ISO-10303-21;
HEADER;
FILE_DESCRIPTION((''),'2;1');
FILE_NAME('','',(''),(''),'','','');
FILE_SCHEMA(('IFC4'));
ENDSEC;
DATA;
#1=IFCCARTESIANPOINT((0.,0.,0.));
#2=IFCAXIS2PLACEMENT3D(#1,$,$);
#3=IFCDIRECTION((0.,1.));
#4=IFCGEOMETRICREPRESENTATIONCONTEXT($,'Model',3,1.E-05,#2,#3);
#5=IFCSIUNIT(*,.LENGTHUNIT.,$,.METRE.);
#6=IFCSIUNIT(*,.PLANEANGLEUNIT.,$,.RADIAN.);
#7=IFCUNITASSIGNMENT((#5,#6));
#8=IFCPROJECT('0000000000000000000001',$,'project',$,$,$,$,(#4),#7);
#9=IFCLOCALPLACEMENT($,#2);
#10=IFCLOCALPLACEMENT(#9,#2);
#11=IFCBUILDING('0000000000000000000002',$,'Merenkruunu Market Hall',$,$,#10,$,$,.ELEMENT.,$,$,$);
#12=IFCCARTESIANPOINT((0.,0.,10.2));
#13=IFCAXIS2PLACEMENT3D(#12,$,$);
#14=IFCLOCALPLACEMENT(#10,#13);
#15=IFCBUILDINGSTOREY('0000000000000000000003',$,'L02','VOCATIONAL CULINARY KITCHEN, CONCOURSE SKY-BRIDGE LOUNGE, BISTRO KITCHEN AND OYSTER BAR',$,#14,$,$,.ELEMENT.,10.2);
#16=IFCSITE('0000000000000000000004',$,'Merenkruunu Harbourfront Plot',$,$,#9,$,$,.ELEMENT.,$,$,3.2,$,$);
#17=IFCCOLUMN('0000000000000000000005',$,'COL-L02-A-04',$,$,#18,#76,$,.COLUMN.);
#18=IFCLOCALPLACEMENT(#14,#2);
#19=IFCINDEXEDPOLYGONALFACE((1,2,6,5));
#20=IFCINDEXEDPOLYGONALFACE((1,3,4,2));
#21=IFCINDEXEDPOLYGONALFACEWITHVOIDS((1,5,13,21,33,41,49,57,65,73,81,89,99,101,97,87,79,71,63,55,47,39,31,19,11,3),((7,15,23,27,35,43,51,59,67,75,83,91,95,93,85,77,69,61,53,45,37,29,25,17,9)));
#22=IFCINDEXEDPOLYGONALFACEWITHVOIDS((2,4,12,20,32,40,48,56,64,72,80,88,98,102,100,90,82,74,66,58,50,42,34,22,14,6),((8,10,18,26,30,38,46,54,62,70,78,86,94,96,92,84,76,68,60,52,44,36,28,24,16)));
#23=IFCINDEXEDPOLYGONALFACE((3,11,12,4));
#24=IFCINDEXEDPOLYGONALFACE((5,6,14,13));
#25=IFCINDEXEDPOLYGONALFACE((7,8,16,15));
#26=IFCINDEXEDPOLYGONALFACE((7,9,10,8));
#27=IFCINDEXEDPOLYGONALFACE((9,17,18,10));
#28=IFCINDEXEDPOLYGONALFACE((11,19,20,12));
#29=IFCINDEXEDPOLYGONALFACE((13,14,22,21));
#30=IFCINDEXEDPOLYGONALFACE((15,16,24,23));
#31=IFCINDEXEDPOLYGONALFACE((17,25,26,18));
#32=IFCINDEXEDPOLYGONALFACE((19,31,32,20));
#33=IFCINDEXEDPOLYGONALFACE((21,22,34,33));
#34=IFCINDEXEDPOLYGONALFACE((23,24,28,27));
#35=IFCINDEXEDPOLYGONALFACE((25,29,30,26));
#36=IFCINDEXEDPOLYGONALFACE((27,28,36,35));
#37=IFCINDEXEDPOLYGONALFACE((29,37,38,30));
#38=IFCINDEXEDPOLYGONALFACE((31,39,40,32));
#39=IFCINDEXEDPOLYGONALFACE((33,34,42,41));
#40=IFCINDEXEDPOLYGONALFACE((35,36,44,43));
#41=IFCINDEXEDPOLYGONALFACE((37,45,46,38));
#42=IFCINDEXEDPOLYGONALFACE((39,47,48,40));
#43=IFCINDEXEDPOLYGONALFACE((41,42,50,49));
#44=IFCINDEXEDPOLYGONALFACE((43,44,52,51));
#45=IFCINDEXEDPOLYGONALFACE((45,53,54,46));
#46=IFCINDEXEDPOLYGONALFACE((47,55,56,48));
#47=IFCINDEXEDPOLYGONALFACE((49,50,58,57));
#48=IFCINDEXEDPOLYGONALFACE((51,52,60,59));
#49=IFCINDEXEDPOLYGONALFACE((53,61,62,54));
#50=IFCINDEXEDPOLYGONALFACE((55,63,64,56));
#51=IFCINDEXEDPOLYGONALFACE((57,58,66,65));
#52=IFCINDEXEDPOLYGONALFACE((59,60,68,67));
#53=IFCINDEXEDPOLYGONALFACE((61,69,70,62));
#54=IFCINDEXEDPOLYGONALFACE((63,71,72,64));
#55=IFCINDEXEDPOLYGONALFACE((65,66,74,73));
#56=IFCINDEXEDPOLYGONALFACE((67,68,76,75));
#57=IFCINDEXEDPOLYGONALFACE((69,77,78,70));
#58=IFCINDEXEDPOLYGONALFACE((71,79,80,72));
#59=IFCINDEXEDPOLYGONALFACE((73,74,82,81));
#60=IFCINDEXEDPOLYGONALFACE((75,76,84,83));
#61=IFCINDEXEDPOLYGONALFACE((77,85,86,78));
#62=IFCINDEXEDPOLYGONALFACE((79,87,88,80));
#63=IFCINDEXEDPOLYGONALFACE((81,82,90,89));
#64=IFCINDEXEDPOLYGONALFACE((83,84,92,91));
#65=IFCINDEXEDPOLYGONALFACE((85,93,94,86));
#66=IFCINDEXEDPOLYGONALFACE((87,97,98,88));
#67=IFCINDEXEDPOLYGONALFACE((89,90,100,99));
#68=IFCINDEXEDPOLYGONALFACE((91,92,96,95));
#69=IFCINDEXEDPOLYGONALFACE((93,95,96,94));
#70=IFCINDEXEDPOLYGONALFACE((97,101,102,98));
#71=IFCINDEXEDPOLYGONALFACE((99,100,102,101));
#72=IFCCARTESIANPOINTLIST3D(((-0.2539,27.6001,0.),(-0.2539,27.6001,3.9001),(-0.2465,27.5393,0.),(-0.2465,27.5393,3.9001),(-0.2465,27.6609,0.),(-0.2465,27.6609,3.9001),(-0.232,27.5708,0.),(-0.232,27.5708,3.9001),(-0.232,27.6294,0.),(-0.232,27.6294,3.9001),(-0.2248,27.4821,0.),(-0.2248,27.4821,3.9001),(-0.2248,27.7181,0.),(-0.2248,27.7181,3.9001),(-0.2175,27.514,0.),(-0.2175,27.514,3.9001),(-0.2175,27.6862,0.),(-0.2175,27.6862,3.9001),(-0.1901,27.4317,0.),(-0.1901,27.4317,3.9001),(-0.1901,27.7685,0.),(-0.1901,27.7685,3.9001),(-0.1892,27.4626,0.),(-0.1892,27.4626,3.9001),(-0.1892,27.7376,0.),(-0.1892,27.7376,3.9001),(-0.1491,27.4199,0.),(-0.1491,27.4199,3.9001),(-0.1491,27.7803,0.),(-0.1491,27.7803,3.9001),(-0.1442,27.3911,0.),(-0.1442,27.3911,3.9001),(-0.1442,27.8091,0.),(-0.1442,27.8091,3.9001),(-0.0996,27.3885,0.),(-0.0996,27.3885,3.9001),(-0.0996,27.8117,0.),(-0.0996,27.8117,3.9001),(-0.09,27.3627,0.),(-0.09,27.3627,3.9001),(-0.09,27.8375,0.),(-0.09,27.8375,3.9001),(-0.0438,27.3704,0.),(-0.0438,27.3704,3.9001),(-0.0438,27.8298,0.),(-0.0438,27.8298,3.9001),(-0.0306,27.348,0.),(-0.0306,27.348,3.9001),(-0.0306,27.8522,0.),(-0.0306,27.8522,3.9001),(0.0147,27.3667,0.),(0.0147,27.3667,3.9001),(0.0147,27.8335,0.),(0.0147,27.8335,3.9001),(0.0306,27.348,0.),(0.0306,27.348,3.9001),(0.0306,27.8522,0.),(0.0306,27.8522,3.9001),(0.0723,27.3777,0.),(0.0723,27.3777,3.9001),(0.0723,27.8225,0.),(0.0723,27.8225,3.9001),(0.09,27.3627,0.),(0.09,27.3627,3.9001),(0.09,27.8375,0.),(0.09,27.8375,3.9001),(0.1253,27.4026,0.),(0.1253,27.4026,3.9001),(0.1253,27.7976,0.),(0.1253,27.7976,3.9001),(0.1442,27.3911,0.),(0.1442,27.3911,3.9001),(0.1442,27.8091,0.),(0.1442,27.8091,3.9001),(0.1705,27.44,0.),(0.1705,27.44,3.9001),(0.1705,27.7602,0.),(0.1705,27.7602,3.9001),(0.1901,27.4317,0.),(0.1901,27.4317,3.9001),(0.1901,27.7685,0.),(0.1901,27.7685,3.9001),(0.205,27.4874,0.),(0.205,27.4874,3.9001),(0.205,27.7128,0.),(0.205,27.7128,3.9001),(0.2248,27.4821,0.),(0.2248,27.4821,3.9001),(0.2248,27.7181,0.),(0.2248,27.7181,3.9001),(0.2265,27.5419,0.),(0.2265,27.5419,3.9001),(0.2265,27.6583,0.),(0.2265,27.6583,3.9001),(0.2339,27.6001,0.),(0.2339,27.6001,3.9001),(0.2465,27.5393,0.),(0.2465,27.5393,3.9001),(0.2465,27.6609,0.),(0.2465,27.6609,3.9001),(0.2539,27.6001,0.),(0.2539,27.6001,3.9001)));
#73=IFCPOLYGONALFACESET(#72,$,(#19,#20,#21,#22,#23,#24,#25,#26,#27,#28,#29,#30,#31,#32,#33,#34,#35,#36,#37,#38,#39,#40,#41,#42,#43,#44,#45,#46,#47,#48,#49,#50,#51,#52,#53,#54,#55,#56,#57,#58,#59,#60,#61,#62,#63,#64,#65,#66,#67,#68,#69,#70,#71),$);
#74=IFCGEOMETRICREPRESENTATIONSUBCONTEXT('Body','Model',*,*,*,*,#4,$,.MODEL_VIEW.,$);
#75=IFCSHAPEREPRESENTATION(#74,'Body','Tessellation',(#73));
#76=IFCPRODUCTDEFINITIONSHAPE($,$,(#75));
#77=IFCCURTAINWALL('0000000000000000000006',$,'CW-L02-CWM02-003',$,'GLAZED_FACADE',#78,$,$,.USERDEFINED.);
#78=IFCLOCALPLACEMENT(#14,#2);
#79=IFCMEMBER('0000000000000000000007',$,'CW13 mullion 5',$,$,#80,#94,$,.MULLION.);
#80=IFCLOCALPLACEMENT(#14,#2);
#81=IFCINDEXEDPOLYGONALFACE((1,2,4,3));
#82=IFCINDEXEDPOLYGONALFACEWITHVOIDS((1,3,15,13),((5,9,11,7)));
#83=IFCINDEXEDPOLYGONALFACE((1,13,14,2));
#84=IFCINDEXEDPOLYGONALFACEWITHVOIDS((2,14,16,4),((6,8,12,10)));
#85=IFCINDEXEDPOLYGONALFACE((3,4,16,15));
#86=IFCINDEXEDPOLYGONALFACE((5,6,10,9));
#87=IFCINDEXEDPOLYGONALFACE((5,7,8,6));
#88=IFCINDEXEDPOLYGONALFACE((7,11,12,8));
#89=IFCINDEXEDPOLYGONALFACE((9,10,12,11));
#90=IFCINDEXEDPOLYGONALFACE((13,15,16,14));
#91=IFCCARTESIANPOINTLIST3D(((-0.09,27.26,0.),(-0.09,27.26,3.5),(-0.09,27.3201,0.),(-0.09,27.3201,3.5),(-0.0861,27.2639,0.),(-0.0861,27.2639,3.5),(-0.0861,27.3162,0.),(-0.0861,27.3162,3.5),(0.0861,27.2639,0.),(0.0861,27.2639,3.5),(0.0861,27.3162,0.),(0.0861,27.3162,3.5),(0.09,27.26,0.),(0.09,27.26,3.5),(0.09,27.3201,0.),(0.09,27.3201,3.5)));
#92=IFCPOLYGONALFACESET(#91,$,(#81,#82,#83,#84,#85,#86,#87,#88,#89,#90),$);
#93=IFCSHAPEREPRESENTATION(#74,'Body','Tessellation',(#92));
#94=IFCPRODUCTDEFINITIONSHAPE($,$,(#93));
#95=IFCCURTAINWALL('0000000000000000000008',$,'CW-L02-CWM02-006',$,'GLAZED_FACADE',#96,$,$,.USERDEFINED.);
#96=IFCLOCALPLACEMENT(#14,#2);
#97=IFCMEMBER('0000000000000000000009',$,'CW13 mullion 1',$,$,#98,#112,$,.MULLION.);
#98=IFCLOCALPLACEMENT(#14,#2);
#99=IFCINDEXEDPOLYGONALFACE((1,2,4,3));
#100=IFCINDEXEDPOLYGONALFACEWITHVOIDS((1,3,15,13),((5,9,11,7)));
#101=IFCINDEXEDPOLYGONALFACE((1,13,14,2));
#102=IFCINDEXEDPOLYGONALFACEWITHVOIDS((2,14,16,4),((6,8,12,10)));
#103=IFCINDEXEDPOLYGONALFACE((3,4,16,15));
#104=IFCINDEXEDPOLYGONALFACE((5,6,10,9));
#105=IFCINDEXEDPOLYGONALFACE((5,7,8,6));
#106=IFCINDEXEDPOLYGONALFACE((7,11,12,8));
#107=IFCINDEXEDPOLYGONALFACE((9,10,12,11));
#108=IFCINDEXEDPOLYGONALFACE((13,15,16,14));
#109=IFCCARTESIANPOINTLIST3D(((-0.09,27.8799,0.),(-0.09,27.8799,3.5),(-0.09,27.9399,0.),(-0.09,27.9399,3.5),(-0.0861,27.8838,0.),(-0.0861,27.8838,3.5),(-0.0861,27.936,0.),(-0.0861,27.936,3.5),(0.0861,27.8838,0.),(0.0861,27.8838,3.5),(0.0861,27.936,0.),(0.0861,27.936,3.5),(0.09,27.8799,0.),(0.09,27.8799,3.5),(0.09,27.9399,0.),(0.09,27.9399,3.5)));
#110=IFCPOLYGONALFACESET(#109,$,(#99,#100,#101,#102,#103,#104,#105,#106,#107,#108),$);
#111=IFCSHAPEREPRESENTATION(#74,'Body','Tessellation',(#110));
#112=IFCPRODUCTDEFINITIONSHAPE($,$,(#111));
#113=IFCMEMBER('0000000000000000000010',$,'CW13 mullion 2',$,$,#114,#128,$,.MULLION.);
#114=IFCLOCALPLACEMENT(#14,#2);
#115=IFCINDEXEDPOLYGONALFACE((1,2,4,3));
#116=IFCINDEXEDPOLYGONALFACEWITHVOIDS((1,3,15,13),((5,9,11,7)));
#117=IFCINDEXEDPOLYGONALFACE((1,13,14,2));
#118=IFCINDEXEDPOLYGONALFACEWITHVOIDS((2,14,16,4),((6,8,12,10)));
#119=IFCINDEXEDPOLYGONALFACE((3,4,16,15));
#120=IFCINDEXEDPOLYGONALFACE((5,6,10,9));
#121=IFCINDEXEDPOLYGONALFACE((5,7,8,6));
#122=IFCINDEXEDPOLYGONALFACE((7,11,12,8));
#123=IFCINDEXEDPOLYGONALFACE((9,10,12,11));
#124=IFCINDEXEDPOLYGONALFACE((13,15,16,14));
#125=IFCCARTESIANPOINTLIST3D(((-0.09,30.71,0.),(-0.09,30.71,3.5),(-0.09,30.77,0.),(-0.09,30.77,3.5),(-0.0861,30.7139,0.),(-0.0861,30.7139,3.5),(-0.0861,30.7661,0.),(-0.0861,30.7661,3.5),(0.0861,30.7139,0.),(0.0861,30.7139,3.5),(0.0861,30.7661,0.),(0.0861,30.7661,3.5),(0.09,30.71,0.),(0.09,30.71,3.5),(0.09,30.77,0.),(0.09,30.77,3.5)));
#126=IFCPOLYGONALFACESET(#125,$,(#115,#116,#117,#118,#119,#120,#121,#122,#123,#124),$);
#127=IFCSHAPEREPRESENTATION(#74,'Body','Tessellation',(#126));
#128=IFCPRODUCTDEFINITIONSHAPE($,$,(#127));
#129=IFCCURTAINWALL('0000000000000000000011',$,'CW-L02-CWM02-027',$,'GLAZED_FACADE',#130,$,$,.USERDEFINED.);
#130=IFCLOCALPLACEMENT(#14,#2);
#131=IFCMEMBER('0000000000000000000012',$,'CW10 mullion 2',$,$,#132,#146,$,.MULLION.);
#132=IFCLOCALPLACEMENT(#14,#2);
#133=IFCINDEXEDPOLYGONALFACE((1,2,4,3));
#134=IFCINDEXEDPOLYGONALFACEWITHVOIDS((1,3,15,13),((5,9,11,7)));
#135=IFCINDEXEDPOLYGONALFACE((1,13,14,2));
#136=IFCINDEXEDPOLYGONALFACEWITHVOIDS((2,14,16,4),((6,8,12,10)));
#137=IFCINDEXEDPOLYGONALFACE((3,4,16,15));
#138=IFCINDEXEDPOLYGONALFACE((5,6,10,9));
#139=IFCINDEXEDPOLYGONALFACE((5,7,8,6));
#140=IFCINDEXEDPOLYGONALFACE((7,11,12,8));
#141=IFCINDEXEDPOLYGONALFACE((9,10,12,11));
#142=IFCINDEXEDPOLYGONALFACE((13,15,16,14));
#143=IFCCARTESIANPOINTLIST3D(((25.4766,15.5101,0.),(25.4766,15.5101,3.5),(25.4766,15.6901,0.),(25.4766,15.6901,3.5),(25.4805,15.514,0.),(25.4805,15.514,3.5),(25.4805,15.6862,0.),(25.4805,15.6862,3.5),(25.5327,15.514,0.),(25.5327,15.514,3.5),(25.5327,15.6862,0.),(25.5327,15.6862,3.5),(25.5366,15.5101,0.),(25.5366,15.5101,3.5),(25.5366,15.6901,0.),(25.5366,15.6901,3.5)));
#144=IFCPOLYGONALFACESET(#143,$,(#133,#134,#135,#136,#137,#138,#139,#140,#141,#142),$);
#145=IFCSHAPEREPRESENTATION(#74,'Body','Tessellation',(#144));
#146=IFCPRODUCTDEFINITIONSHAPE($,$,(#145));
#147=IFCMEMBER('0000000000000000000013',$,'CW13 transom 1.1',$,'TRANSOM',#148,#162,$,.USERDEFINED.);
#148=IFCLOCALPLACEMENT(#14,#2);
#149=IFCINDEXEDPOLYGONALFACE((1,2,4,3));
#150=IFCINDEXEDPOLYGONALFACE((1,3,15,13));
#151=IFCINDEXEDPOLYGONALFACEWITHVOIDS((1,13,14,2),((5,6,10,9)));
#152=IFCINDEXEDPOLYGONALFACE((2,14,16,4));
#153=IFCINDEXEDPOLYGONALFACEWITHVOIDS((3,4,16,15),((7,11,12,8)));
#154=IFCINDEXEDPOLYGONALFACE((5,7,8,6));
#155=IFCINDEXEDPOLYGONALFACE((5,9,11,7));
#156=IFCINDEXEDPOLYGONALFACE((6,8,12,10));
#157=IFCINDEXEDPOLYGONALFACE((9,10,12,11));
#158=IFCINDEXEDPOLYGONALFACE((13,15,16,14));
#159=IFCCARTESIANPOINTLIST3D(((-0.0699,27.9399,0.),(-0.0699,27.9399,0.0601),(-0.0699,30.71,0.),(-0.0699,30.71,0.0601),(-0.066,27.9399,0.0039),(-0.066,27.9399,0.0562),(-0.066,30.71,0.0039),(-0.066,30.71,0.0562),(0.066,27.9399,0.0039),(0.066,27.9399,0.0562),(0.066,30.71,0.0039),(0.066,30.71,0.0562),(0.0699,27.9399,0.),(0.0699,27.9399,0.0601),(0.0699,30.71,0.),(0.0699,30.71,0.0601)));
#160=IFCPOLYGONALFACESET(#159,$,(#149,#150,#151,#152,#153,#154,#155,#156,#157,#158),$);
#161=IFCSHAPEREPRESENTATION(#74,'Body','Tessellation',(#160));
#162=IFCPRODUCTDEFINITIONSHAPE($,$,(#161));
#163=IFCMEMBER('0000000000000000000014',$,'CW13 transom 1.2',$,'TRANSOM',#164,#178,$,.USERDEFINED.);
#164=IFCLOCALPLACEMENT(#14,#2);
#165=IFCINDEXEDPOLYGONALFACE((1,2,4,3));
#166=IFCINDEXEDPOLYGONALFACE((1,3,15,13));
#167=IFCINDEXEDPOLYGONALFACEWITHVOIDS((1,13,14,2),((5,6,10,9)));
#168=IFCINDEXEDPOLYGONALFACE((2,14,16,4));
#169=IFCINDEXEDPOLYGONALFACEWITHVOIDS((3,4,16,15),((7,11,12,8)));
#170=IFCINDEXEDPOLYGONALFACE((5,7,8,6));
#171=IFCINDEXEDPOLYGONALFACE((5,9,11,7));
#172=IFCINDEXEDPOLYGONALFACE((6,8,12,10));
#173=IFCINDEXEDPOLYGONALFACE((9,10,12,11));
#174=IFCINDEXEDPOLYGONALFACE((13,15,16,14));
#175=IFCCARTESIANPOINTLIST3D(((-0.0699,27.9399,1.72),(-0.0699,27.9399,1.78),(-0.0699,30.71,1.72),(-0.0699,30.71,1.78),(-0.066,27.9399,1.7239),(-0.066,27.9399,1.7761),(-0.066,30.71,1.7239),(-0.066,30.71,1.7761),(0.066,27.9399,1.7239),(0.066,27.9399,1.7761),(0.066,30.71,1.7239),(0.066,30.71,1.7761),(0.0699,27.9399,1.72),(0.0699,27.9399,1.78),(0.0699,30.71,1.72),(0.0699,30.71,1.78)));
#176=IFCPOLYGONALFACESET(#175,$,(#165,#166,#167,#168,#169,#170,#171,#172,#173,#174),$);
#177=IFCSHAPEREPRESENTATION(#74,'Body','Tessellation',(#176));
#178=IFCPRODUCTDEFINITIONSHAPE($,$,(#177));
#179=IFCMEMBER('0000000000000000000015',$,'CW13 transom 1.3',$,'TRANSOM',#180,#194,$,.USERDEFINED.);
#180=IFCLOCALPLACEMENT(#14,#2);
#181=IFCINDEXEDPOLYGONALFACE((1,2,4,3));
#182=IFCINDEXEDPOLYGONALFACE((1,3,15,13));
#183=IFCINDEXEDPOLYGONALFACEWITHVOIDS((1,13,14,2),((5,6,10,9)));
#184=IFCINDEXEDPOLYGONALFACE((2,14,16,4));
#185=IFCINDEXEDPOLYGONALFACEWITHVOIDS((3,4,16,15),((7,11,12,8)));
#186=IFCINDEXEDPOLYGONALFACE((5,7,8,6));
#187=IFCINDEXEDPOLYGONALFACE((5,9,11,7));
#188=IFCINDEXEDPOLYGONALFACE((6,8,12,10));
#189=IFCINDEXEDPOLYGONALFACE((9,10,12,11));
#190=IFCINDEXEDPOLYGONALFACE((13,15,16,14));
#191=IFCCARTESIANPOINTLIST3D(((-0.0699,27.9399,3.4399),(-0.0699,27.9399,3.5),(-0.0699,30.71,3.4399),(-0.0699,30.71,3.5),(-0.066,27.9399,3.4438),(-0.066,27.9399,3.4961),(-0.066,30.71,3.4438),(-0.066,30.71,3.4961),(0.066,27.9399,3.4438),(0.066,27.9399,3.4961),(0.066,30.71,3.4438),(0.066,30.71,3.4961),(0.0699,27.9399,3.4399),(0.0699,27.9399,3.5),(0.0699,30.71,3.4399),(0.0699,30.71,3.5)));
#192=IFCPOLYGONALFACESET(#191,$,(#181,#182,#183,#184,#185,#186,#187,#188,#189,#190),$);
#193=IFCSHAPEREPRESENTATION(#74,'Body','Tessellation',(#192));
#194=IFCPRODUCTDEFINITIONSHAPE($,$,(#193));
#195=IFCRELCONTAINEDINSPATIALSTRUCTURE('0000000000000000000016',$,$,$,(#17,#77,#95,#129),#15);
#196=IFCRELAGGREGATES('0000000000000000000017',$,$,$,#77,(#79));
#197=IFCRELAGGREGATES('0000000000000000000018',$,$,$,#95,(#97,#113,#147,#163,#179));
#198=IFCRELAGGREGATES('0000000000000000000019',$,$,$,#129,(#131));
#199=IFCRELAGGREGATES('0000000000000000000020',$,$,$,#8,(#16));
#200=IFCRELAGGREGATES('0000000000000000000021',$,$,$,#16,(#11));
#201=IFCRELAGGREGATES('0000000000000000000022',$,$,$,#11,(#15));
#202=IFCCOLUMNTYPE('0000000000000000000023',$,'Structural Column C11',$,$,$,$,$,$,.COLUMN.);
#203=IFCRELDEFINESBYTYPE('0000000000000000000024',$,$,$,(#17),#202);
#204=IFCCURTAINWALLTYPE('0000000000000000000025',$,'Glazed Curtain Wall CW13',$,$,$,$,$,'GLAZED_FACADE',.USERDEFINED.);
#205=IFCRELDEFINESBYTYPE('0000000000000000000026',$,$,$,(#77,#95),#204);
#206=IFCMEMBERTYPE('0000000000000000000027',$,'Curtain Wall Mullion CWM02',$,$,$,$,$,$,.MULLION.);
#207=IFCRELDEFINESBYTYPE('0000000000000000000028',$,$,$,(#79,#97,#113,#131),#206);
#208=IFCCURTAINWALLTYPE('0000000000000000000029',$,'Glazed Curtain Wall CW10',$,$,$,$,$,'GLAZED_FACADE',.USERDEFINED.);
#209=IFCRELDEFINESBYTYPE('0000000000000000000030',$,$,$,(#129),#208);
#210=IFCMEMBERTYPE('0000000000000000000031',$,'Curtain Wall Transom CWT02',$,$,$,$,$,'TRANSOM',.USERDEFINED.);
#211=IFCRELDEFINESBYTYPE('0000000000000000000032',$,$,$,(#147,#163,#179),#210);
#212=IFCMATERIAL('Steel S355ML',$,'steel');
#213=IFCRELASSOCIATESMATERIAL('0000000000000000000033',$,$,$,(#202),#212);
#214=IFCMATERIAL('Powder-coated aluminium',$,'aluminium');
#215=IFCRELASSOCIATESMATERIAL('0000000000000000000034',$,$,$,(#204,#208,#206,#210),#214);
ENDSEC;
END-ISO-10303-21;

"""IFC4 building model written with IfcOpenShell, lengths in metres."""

from ifc_helpers import new_model, si_unit, direction, frame, origin, origin_2d, place, context, subcontext, project, spatial, hollow_rectangle, hollow_circle, extrude, material, material_profile, profile_set, type_object, element, aggregate, save


model = new_model("IFC4")

# Units and contexts
model_context = context("Model", 3, precision=1e-05, world=origin(), true_north=direction((0.0, 1.0)))
body_context = subcontext(model_context, "Body", "Model", "MODEL_VIEW")
ifc_project = project(units=[si_unit("LENGTHUNIT", "METRE"), si_unit("PLANEANGLEUNIT", "RADIAN")], contexts=[model_context])

# Site, building, storey
site_placement = place(None, origin())
site = spatial("IfcSite", under=ifc_project, at=site_placement, Name="Merenkruunu Harbourfront Plot", CompositionType="ELEMENT", RefElevation=3.2)
building_placement = place(site_placement, origin())
building = spatial("IfcBuilding", under=site, at=building_placement, Name="Merenkruunu Market Hall", CompositionType="ELEMENT")
storey_placement = place(building_placement, frame((0.0, 0.0, 10.2)))
storey = spatial("IfcBuildingStorey", under=building, at=storey_placement, Name="L02", Description="VOCATIONAL CULINARY KITCHEN, CONCOURSE SKY-BRIDGE LOUNGE, BISTRO KITCHEN AND OYSTER BAR", CompositionType="ELEMENT", Elevation=10.2)

# Column
ifc_material_1 = material(Name="Steel S355ML", Category="steel")
ifc_material_profile_1 = material_profile(ifc_material_1, hollow_circle(Radius=0.2539, WallThickness=0.02, at=origin_2d()), Name="CHS 508x20")
ifc_profile_set_1 = profile_set([ifc_material_profile_1], Name="Steel S355ML")
column_type = type_object("IfcColumnType", Name="Structural Column C11", PredefinedType="COLUMN", material=ifc_profile_set_1)
column_placement = place(storey_placement, frame((0.0, 27.6001, 0.0), z_axis=(0.0, 0.0, 1.0), x_axis=(1.0, 0.0, 0.0)))
element("IfcColumn", 1, at=column_placement, inside=storey, type_object=column_type, Name="COL-L02-A-04", PredefinedType="COLUMN", context=body_context, shape_type="SweptSolid", body=[
    extrude(hollow_circle(Radius=0.2539, WallThickness=0.02, at=origin_2d()), origin(), (0.0, 0.0, 1.0), 3.9001),
])

# Curtain wall, member
ifc_material_2 = material(Name="Powder-coated aluminium", Category="aluminium")
curtain_wall_type_1 = type_object("IfcCurtainWallType", Name="Glazed Curtain Wall CW13", ElementType="GLAZED_FACADE", PredefinedType="USERDEFINED", material=ifc_material_2)
curtain_wall_1_placement = place(storey_placement, origin())
curtain_wall_1 = element("IfcCurtainWall", 2, at=curtain_wall_1_placement, inside=storey, type_object=curtain_wall_type_1, Name="CW-L02-CWM02-003", ObjectType="GLAZED_FACADE", PredefinedType="USERDEFINED")
ifc_material_profile_2 = material_profile(ifc_material_2, hollow_rectangle(XDim=0.0601, YDim=0.1799, WallThickness=0.0039, at=origin_2d()), Name="ALU 60x180x4")
ifc_profile_set_2 = profile_set([ifc_material_profile_2], Name="Powder-coated aluminium")
member_type_1 = type_object("IfcMemberType", Name="Curtain Wall Mullion CWM02", PredefinedType="MULLION", material=ifc_profile_set_2)
member_1_placement = place(storey_placement, frame((0.0, 27.29, 0.0), z_axis=(0.0, 0.0, 1.0), x_axis=(0.0, 1.0, 0.0)))
member_1 = element("IfcMember", 3, at=member_1_placement, type_object=member_type_1, Name="CW13 mullion 5", PredefinedType="MULLION", context=body_context, shape_type="SweptSolid", body=[
    extrude(hollow_rectangle(XDim=0.0601, YDim=0.1799, WallThickness=0.0039, at=origin_2d()), origin(), (0.0, 0.0, 1.0), 3.5),
])

# Curtain wall, members
curtain_wall_2_placement = place(storey_placement, origin())
curtain_wall_2 = element("IfcCurtainWall", 4, at=curtain_wall_2_placement, inside=storey, type_object=curtain_wall_type_1, Name="CW-L02-CWM02-006", ObjectType="GLAZED_FACADE", PredefinedType="USERDEFINED")
member_2_placement = place(storey_placement, frame((0.0, 27.9099, 0.0), z_axis=(0.0, 0.0, 1.0), x_axis=(0.0, 1.0, 0.0)))
member_2 = element("IfcMember", 5, at=member_2_placement, type_object=member_type_1, Name="CW13 mullion 1", PredefinedType="MULLION", context=body_context, shape_type="SweptSolid", body=[
    extrude(hollow_rectangle(XDim=0.0601, YDim=0.1799, WallThickness=0.0039, at=origin_2d()), origin(), (0.0, 0.0, 1.0), 3.5),
])
member_3_placement = place(storey_placement, frame((0.0, 30.74, 0.0), z_axis=(0.0, 0.0, 1.0), x_axis=(0.0, 1.0, 0.0)))
member_3 = element("IfcMember", 6, at=member_3_placement, type_object=member_type_1, Name="CW13 mullion 2", PredefinedType="MULLION", context=body_context, shape_type="SweptSolid", body=[
    extrude(hollow_rectangle(XDim=0.0601, YDim=0.1799, WallThickness=0.0039, at=origin_2d()), origin(), (0.0, 0.0, 1.0), 3.5),
])

# Curtain wall, member
curtain_wall_type_2 = type_object("IfcCurtainWallType", Name="Glazed Curtain Wall CW10", ElementType="GLAZED_FACADE", PredefinedType="USERDEFINED", material=ifc_material_2)
curtain_wall_3_placement = place(storey_placement, origin())
curtain_wall_3 = element("IfcCurtainWall", 7, at=curtain_wall_3_placement, inside=storey, type_object=curtain_wall_type_2, Name="CW-L02-CWM02-027", ObjectType="GLAZED_FACADE", PredefinedType="USERDEFINED")
member_4_placement = place(storey_placement, frame((25.5066, 15.6001, 0.0), z_axis=(0.0, 0.0, 1.0), x_axis=(-1.0, 0.0, 0.0)))
member_4 = element("IfcMember", 8, at=member_4_placement, type_object=member_type_1, Name="CW10 mullion 2", PredefinedType="MULLION", context=body_context, shape_type="SweptSolid", body=[
    extrude(hollow_rectangle(XDim=0.0601, YDim=0.1799, WallThickness=0.0039, at=origin_2d()), origin(), (0.0, 0.0, 1.0), 3.5),
])

# Members
ifc_material_profile_3 = material_profile(ifc_material_2, hollow_rectangle(XDim=0.0601, YDim=0.1399, WallThickness=0.0039, at=origin_2d()), Name="ALU 60x140x4")
ifc_profile_set_3 = profile_set([ifc_material_profile_3], Name="Powder-coated aluminium")
member_type_2 = type_object("IfcMemberType", Name="Curtain Wall Transom CWT02", ElementType="TRANSOM", PredefinedType="USERDEFINED", material=ifc_profile_set_3)
member_5_placement = place(storey_placement, frame((0.0, 27.9399, 0.03), z_axis=(0.0, 1.0, 0.0), x_axis=(0.0, 0.0, 1.0)))
member_5 = element("IfcMember", 9, at=member_5_placement, type_object=member_type_2, Name="CW13 transom 1.1", ObjectType="TRANSOM", PredefinedType="USERDEFINED", context=body_context, shape_type="SweptSolid", body=[
    extrude(hollow_rectangle(XDim=0.0601, YDim=0.1399, WallThickness=0.0039, at=origin_2d()), origin(), (0.0, 0.0, 1.0), 2.77),
])
member_6_placement = place(storey_placement, frame((0.0, 27.9399, 1.75), z_axis=(0.0, 1.0, 0.0), x_axis=(0.0, 0.0, 1.0)))
member_6 = element("IfcMember", 10, at=member_6_placement, type_object=member_type_2, Name="CW13 transom 1.2", ObjectType="TRANSOM", PredefinedType="USERDEFINED", context=body_context, shape_type="SweptSolid", body=[
    extrude(hollow_rectangle(XDim=0.0601, YDim=0.1399, WallThickness=0.0039, at=origin_2d()), origin(), (0.0, 0.0, 1.0), 2.77),
])
member_7_placement = place(storey_placement, frame((0.0, 27.9399, 3.47), z_axis=(0.0, 1.0, 0.0), x_axis=(0.0, 0.0, 1.0)))
member_7 = element("IfcMember", 11, at=member_7_placement, type_object=member_type_2, Name="CW13 transom 1.3", ObjectType="TRANSOM", PredefinedType="USERDEFINED", context=body_context, shape_type="SweptSolid", body=[
    extrude(hollow_rectangle(XDim=0.0601, YDim=0.1399, WallThickness=0.0039, at=origin_2d()), origin(), (0.0, 0.0, 1.0), 2.77),
])

aggregate(curtain_wall_1, [member_1])
aggregate(curtain_wall_2, [member_2, member_3, member_5, member_6, member_7])
aggregate(curtain_wall_3, [member_4])

save(model, "model.ifc")
